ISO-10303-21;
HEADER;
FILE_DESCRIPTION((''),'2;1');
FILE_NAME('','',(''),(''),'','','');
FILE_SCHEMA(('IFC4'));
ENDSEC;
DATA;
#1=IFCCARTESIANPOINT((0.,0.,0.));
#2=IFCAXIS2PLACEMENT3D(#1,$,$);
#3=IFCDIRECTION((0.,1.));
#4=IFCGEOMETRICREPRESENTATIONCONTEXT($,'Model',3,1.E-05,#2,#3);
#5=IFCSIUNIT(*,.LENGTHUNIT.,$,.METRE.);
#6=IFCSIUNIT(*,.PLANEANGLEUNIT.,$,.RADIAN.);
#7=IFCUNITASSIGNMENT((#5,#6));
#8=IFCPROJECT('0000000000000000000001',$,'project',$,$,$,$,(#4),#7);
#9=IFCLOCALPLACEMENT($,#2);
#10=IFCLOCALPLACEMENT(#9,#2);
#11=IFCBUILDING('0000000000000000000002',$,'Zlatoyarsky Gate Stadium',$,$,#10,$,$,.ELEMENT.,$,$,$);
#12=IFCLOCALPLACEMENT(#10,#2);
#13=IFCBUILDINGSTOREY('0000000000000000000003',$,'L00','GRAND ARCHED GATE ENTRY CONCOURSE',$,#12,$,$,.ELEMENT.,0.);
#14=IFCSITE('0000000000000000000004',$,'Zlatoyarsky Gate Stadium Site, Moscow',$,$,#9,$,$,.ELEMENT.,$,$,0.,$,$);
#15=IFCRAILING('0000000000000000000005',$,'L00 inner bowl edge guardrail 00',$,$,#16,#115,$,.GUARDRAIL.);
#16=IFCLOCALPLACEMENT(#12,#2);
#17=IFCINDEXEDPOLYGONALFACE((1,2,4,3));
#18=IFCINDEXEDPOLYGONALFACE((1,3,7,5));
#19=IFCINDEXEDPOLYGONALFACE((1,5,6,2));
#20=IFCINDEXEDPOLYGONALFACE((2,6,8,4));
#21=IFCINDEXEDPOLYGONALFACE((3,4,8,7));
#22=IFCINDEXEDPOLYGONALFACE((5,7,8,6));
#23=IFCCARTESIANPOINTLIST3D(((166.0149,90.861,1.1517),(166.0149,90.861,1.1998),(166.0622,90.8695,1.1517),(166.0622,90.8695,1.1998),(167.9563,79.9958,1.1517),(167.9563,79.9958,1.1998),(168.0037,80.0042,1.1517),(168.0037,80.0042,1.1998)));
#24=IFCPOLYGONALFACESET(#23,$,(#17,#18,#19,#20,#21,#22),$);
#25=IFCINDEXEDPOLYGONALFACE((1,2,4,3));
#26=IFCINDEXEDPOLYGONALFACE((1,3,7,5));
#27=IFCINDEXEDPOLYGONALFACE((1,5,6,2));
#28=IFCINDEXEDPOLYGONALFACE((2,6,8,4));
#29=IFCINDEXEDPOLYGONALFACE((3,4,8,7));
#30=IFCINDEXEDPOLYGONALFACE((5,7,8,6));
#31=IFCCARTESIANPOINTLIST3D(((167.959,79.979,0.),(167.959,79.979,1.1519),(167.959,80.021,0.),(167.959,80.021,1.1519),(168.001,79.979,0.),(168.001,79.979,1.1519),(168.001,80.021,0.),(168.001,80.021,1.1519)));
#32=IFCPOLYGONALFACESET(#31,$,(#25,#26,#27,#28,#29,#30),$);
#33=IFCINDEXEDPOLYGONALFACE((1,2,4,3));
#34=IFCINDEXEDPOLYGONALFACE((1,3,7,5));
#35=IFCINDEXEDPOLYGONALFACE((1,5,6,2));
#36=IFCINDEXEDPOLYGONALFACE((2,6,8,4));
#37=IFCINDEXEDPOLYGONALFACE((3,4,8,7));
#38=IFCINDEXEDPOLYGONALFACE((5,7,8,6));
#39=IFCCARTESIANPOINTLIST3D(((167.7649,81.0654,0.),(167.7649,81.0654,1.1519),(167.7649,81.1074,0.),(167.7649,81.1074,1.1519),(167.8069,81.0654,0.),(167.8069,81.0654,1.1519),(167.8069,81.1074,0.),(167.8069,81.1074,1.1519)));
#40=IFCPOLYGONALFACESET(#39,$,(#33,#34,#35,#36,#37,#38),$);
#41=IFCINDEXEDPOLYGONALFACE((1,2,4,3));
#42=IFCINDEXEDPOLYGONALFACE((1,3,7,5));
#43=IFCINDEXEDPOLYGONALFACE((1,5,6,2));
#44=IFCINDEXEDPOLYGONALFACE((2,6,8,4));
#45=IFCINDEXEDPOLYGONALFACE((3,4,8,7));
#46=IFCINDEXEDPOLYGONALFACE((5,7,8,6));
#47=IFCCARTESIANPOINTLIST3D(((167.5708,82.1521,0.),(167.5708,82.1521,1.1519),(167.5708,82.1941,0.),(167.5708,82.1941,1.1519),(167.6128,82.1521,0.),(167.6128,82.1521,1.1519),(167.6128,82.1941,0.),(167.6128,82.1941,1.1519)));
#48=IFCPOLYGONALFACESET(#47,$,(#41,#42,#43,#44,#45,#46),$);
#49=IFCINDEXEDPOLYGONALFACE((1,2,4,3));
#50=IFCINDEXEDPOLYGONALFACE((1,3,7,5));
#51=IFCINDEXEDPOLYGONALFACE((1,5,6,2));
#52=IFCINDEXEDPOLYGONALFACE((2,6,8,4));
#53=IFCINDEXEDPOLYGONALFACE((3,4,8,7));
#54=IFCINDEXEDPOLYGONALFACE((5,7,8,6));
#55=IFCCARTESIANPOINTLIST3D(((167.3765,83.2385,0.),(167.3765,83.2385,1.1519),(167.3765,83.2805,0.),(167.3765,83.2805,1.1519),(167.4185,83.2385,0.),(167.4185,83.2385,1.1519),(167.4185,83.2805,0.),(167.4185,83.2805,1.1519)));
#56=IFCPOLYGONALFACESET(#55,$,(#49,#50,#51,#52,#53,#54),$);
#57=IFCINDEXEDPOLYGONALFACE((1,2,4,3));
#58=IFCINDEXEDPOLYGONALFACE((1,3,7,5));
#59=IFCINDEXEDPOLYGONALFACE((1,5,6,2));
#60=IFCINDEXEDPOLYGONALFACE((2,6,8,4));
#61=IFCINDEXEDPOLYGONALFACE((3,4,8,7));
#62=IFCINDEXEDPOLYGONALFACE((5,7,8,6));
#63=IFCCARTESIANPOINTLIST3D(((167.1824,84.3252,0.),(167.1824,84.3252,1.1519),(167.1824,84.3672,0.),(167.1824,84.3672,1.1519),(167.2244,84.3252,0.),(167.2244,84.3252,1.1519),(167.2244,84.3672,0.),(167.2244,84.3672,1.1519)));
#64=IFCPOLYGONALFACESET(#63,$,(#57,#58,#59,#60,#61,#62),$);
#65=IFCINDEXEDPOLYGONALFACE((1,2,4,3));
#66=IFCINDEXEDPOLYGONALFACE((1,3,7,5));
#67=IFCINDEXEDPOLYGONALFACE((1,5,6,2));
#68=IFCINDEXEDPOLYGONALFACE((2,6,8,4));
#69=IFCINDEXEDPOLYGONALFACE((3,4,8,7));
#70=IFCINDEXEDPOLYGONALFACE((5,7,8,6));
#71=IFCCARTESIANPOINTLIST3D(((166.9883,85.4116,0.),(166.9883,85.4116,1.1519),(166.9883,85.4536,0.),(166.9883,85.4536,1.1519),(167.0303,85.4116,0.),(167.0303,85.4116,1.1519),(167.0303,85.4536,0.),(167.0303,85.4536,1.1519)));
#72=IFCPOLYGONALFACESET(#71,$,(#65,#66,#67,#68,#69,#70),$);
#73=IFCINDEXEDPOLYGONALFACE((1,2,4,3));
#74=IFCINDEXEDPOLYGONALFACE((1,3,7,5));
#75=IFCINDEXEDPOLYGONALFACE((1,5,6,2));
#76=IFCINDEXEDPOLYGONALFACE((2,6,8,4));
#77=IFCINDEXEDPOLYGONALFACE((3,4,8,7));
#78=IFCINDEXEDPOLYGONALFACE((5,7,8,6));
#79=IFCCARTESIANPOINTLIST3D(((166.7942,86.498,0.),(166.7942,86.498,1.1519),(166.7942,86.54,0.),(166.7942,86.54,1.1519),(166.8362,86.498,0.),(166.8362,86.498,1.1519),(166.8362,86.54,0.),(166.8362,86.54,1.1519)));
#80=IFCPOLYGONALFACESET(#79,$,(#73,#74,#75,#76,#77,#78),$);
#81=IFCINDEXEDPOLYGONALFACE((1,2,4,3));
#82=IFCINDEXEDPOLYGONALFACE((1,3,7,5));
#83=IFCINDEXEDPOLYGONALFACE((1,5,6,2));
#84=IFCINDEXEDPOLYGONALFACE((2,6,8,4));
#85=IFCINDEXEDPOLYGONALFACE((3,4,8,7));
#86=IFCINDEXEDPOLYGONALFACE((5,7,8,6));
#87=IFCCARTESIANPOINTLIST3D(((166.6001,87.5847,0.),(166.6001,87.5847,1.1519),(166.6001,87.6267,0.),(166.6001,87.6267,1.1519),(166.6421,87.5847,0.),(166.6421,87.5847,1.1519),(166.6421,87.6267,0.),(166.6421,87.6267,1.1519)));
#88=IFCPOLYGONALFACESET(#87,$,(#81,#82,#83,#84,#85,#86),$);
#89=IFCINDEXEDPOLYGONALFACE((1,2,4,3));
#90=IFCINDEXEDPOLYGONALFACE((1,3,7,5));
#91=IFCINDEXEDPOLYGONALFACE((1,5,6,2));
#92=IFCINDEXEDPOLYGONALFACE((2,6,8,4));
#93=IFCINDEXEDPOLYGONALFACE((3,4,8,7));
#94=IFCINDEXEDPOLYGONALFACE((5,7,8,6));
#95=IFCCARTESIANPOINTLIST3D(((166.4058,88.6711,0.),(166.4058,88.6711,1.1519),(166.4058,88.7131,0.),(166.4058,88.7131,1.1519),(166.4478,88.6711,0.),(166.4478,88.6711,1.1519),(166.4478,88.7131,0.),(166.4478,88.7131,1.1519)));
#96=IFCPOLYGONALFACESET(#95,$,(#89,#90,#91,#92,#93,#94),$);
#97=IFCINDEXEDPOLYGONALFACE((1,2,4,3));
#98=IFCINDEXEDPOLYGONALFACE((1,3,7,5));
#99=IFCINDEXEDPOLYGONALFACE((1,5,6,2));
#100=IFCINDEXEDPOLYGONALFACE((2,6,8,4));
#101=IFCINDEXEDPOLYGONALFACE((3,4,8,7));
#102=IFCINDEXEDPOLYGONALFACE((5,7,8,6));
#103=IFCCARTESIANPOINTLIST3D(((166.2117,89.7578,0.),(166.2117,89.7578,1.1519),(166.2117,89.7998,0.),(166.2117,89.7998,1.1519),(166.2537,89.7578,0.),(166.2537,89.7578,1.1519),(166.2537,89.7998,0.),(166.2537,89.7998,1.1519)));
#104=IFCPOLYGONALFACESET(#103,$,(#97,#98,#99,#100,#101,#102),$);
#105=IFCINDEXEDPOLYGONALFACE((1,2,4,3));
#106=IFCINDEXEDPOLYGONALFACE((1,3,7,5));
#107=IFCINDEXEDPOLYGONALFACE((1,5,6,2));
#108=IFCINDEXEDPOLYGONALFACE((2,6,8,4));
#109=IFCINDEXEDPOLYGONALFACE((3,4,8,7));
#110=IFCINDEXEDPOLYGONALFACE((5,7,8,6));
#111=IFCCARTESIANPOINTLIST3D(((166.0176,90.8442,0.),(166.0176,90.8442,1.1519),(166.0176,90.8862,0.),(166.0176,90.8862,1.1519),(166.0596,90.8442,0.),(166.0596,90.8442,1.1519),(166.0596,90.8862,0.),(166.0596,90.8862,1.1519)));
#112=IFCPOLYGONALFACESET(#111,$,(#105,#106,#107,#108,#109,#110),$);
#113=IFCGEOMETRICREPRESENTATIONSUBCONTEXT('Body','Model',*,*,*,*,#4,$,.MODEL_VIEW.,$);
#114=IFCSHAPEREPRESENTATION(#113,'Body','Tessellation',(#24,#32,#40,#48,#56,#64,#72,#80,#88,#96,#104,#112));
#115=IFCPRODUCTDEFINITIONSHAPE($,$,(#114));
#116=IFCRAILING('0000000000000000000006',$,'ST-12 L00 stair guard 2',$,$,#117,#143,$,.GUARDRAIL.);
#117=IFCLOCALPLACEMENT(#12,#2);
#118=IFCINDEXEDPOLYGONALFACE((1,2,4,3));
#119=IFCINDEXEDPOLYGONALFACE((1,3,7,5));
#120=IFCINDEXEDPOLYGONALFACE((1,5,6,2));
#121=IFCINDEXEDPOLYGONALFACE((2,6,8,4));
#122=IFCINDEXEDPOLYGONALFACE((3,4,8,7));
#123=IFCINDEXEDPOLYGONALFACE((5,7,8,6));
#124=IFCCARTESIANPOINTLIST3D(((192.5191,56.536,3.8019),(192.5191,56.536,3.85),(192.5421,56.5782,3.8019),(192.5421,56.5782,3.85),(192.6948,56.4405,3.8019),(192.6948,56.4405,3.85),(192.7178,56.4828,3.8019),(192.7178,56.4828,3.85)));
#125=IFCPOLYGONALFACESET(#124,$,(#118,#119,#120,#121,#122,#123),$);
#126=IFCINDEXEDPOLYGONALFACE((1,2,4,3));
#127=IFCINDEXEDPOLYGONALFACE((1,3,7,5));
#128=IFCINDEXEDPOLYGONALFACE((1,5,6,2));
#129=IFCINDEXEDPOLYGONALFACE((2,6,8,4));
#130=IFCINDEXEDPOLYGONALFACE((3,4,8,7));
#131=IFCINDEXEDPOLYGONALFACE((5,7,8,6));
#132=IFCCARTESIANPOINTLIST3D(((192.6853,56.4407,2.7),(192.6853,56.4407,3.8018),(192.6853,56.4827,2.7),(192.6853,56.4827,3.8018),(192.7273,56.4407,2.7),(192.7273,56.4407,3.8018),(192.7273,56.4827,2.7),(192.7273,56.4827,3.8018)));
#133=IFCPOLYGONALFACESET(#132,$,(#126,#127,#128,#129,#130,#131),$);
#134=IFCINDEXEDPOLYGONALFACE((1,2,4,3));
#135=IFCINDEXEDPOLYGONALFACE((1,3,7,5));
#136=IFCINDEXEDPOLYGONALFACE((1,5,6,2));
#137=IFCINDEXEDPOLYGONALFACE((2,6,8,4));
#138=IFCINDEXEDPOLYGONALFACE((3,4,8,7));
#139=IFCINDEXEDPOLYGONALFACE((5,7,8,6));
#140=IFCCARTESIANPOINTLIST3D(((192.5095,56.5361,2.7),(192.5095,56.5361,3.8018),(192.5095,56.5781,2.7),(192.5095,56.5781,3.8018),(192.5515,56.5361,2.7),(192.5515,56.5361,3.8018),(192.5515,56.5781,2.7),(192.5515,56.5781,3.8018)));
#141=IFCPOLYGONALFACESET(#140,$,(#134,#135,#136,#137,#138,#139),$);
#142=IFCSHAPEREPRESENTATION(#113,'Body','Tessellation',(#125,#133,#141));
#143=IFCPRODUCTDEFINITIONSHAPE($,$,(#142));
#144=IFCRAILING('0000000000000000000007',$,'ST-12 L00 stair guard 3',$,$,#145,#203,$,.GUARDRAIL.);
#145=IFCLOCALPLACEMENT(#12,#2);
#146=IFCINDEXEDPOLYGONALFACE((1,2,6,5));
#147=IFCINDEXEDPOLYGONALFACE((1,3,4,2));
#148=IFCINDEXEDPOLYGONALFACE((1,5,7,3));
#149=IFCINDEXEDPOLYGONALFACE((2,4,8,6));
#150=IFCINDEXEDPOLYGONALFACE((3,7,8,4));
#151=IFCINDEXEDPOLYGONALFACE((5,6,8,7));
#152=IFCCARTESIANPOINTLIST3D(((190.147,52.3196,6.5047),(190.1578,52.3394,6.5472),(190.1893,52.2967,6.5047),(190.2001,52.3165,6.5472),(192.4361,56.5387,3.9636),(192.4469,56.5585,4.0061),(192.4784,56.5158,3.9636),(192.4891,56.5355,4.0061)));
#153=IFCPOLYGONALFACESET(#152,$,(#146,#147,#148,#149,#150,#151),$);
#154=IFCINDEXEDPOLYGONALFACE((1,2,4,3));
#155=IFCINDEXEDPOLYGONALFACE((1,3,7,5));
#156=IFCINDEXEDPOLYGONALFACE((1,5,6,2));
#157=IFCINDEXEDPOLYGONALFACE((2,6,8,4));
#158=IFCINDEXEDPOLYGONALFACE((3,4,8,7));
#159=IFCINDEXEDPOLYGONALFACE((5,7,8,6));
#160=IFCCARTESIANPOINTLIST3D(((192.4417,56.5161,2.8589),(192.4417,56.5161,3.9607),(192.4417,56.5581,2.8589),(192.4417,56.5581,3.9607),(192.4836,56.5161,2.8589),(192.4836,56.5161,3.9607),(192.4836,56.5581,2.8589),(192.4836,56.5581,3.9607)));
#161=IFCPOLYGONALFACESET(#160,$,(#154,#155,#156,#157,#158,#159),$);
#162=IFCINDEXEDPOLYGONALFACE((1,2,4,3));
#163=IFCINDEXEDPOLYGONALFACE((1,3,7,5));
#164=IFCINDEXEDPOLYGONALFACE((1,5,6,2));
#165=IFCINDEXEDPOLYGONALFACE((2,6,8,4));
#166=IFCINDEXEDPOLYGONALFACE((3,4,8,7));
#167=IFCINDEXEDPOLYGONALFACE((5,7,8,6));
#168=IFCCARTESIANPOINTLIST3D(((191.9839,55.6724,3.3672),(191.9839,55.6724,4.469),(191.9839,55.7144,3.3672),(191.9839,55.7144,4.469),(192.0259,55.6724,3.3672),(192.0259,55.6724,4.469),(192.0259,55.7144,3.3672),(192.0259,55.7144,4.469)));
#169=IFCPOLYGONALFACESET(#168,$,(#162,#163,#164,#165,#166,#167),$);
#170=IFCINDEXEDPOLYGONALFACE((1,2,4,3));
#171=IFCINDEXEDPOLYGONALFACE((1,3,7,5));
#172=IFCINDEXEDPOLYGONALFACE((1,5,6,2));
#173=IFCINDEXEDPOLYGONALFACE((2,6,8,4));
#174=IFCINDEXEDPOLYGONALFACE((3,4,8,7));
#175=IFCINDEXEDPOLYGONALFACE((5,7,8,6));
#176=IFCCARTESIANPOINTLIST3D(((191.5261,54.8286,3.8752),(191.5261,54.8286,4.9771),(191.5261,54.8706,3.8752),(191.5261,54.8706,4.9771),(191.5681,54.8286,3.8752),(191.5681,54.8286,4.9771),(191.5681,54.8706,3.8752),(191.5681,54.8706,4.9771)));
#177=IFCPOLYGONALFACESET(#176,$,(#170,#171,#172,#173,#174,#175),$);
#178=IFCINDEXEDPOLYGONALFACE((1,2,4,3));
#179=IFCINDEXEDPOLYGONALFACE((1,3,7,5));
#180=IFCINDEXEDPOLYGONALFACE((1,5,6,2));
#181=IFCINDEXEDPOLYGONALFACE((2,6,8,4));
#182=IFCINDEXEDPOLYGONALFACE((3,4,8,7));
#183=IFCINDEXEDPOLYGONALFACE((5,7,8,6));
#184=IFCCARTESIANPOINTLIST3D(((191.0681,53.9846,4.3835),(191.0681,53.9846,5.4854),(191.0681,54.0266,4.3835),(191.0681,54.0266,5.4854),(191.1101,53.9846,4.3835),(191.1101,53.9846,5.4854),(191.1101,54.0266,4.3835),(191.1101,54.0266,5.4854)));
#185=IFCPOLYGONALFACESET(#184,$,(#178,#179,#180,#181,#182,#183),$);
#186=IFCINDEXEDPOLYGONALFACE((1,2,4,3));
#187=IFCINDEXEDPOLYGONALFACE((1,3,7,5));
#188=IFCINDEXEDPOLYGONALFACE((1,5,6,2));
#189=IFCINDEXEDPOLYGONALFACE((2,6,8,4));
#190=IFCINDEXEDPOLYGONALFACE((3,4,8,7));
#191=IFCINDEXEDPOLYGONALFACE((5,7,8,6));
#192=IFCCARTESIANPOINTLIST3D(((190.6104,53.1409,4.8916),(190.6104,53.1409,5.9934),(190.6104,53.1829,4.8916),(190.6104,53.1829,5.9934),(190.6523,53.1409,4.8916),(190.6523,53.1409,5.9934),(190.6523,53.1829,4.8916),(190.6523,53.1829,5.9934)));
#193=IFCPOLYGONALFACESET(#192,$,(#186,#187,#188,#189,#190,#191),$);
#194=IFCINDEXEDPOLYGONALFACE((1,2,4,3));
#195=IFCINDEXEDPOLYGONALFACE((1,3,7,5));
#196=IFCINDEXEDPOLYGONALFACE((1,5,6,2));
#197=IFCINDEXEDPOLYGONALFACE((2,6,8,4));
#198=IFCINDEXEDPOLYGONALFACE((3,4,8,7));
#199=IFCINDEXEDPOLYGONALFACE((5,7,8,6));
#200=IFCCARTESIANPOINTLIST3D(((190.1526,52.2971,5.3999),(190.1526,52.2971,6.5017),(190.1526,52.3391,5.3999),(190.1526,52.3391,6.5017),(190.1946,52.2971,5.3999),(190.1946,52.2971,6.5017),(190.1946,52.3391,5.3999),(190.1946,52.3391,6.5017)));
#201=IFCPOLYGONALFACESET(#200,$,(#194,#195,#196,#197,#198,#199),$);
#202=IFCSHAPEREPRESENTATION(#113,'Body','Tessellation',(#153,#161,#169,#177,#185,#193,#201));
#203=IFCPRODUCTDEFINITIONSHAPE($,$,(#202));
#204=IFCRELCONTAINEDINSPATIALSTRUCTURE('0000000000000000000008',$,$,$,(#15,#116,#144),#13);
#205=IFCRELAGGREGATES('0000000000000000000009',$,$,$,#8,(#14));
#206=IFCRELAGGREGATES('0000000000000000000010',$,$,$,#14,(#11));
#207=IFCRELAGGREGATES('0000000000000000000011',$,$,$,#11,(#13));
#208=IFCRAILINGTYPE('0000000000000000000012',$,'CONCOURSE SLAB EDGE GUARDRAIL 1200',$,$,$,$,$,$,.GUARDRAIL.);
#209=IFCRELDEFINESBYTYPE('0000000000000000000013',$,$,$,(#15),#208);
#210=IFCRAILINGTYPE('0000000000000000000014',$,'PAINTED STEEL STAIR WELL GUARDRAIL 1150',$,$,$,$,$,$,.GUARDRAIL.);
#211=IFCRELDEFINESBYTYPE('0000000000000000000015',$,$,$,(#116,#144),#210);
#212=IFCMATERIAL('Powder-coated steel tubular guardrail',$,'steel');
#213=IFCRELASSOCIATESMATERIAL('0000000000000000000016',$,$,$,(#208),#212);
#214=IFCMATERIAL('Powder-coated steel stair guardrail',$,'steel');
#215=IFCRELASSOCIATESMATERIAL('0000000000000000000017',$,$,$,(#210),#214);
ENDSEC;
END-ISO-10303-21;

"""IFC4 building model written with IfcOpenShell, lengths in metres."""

from ifc_helpers import new_model, si_unit, direction, frame, origin, origin_2d, place, context, subcontext, project, spatial, rectangle, extrude, material, type_object, element, save


model = new_model("IFC4")

# Units and contexts
model_context = context("Model", 3, precision=1e-05, world=origin(), true_north=direction((0.0, 1.0)))
body_context = subcontext(model_context, "Body", "Model", "MODEL_VIEW")
ifc_project = project(units=[si_unit("LENGTHUNIT", "METRE"), si_unit("PLANEANGLEUNIT", "RADIAN")], contexts=[model_context])

# Site, building, storey
site_placement = place(None, origin())
site = spatial("IfcSite", under=ifc_project, at=site_placement, Name="Zlatoyarsky Gate Stadium Site, Moscow", CompositionType="ELEMENT", RefElevation=0.0)
building_placement = place(site_placement, origin())
building = spatial("IfcBuilding", under=site, at=building_placement, Name="Zlatoyarsky Gate Stadium", CompositionType="ELEMENT")
storey_placement = place(building_placement, origin())
storey = spatial("IfcBuildingStorey", under=building, at=storey_placement, Name="L00", Description="GRAND ARCHED GATE ENTRY CONCOURSE", CompositionType="ELEMENT", Elevation=0.0)

# Railings
ifc_material_1 = material(Name="Powder-coated steel tubular guardrail", Category="steel")
railing_type_1 = type_object("IfcRailingType", Name="CONCOURSE SLAB EDGE GUARDRAIL 1200", PredefinedType="GUARDRAIL", material=ifc_material_1)
railing_1_placement = place(storey_placement, frame((167.98, 80.0, 0.0)))
element("IfcRailing", 1, at=railing_1_placement, inside=storey, type_object=railing_type_1, Name="L00 inner bowl edge guardrail 00", PredefinedType="GUARDRAIL", context=body_context, shape_type="SweptSolid", body=[
    extrude(rectangle(XDim=0.0481, YDim=0.0481, at=origin_2d()), frame((0.0, 0.0, 1.1758), z_axis=(-0.175895, 0.984409, 0.0), x_axis=(-0.984409, -0.175895, 0.0)), (0.0, 0.0, 1.0), 11.0374),
    extrude(rectangle(XDim=0.042, YDim=0.042, at=origin_2d()), origin(), (0.0, 0.0, 1.0), 1.1519),
    extrude(rectangle(XDim=0.042, YDim=0.042, at=origin_2d()), frame((-0.1941, 1.0864, 0.0)), (0.0, 0.0, 1.0), 1.1519),
    extrude(rectangle(XDim=0.042, YDim=0.042, at=origin_2d()), frame((-0.3882, 2.1731, 0.0)), (0.0, 0.0, 1.0), 1.1519),
    extrude(rectangle(XDim=0.042, YDim=0.042, at=origin_2d()), frame((-0.5825, 3.2595, 0.0)), (0.0, 0.0, 1.0), 1.1519),
    extrude(rectangle(XDim=0.042, YDim=0.042, at=origin_2d()), frame((-0.7766, 4.3462, 0.0)), (0.0, 0.0, 1.0), 1.1519),
    extrude(rectangle(XDim=0.042, YDim=0.042, at=origin_2d()), frame((-0.9707, 5.4326, 0.0)), (0.0, 0.0, 1.0), 1.1519),
    extrude(rectangle(XDim=0.042, YDim=0.042, at=origin_2d()), frame((-1.1648, 6.519, 0.0)), (0.0, 0.0, 1.0), 1.1519),
    extrude(rectangle(XDim=0.042, YDim=0.042, at=origin_2d()), frame((-1.3589, 7.6057, 0.0)), (0.0, 0.0, 1.0), 1.1519),
    extrude(rectangle(XDim=0.042, YDim=0.042, at=origin_2d()), frame((-1.5532, 8.6921, 0.0)), (0.0, 0.0, 1.0), 1.1519),
    extrude(rectangle(XDim=0.042, YDim=0.042, at=origin_2d()), frame((-1.7473, 9.7788, 0.0)), (0.0, 0.0, 1.0), 1.1519),
    extrude(rectangle(XDim=0.042, YDim=0.042, at=origin_2d()), frame((-1.9414, 10.8652, 0.0)), (0.0, 0.0, 1.0), 1.1519),
])
ifc_material_2 = material(Name="Powder-coated steel stair guardrail", Category="steel")
railing_type_2 = type_object("IfcRailingType", Name="PAINTED STEEL STAIR WELL GUARDRAIL 1150", PredefinedType="GUARDRAIL", material=ifc_material_2)
railing_2_placement = place(storey_placement, frame((192.7063, 56.4617, 2.7)))
element("IfcRailing", 2, at=railing_2_placement, inside=storey, type_object=railing_type_2, Name="ST-12 L00 stair guard 2", PredefinedType="GUARDRAIL", context=body_context, shape_type="SweptSolid", body=[
    extrude(rectangle(XDim=0.0481, YDim=0.0481, at=origin_2d()), frame((0.0, 0.0, 1.126), z_axis=(-0.87878, 0.477227, 0.0), x_axis=(-0.477227, -0.87878, 0.0)), (0.0, 0.0, 1.0), 0.2),
    extrude(rectangle(XDim=0.042, YDim=0.042, at=origin_2d()), origin(), (0.0, 0.0, 1.0), 1.1018),
    extrude(rectangle(XDim=0.042, YDim=0.042, at=origin_2d()), frame((-0.1758, 0.0955, 0.0)), (0.0, 0.0, 1.0), 1.1018),
])
railing_3_placement = place(storey_placement, frame((192.4626, 56.5371, 2.8589)))
element("IfcRailing", 3, at=railing_3_placement, inside=storey, type_object=railing_type_2, Name="ST-12 L00 stair guard 3", PredefinedType="GUARDRAIL", context=body_context, shape_type="SweptSolid", body=[
    extrude(rectangle(XDim=0.0481, YDim=0.0481, at=origin_2d()), frame((0.0, 0.0, 1.126), z_axis=(-0.421476, -0.776826, 0.467867), x_axis=(0.878962, -0.476891, 0.0)), (0.0, 0.0, 1.0), 5.4312),
    extrude(rectangle(XDim=0.042, YDim=0.042, at=origin_2d()), origin(), (0.0, 0.0, 1.0), 1.1018),
    extrude(rectangle(XDim=0.042, YDim=0.042, at=origin_2d()), frame((-0.4578, -0.8438, 0.5083)), (0.0, 0.0, 1.0), 1.1018),
    extrude(rectangle(XDim=0.042, YDim=0.042, at=origin_2d()), frame((-0.9155, -1.6875, 1.0164)), (0.0, 0.0, 1.0), 1.1018),
    extrude(rectangle(XDim=0.042, YDim=0.042, at=origin_2d()), frame((-1.3735, -2.5315, 1.5247)), (0.0, 0.0, 1.0), 1.1018),
    extrude(rectangle(XDim=0.042, YDim=0.042, at=origin_2d()), frame((-1.8313, -3.3752, 2.0327)), (0.0, 0.0, 1.0), 1.1018),
    extrude(rectangle(XDim=0.042, YDim=0.042, at=origin_2d()), frame((-2.2891, -4.219, 2.541)), (0.0, 0.0, 1.0), 1.1018),
])

save(model, "model.ifc")
